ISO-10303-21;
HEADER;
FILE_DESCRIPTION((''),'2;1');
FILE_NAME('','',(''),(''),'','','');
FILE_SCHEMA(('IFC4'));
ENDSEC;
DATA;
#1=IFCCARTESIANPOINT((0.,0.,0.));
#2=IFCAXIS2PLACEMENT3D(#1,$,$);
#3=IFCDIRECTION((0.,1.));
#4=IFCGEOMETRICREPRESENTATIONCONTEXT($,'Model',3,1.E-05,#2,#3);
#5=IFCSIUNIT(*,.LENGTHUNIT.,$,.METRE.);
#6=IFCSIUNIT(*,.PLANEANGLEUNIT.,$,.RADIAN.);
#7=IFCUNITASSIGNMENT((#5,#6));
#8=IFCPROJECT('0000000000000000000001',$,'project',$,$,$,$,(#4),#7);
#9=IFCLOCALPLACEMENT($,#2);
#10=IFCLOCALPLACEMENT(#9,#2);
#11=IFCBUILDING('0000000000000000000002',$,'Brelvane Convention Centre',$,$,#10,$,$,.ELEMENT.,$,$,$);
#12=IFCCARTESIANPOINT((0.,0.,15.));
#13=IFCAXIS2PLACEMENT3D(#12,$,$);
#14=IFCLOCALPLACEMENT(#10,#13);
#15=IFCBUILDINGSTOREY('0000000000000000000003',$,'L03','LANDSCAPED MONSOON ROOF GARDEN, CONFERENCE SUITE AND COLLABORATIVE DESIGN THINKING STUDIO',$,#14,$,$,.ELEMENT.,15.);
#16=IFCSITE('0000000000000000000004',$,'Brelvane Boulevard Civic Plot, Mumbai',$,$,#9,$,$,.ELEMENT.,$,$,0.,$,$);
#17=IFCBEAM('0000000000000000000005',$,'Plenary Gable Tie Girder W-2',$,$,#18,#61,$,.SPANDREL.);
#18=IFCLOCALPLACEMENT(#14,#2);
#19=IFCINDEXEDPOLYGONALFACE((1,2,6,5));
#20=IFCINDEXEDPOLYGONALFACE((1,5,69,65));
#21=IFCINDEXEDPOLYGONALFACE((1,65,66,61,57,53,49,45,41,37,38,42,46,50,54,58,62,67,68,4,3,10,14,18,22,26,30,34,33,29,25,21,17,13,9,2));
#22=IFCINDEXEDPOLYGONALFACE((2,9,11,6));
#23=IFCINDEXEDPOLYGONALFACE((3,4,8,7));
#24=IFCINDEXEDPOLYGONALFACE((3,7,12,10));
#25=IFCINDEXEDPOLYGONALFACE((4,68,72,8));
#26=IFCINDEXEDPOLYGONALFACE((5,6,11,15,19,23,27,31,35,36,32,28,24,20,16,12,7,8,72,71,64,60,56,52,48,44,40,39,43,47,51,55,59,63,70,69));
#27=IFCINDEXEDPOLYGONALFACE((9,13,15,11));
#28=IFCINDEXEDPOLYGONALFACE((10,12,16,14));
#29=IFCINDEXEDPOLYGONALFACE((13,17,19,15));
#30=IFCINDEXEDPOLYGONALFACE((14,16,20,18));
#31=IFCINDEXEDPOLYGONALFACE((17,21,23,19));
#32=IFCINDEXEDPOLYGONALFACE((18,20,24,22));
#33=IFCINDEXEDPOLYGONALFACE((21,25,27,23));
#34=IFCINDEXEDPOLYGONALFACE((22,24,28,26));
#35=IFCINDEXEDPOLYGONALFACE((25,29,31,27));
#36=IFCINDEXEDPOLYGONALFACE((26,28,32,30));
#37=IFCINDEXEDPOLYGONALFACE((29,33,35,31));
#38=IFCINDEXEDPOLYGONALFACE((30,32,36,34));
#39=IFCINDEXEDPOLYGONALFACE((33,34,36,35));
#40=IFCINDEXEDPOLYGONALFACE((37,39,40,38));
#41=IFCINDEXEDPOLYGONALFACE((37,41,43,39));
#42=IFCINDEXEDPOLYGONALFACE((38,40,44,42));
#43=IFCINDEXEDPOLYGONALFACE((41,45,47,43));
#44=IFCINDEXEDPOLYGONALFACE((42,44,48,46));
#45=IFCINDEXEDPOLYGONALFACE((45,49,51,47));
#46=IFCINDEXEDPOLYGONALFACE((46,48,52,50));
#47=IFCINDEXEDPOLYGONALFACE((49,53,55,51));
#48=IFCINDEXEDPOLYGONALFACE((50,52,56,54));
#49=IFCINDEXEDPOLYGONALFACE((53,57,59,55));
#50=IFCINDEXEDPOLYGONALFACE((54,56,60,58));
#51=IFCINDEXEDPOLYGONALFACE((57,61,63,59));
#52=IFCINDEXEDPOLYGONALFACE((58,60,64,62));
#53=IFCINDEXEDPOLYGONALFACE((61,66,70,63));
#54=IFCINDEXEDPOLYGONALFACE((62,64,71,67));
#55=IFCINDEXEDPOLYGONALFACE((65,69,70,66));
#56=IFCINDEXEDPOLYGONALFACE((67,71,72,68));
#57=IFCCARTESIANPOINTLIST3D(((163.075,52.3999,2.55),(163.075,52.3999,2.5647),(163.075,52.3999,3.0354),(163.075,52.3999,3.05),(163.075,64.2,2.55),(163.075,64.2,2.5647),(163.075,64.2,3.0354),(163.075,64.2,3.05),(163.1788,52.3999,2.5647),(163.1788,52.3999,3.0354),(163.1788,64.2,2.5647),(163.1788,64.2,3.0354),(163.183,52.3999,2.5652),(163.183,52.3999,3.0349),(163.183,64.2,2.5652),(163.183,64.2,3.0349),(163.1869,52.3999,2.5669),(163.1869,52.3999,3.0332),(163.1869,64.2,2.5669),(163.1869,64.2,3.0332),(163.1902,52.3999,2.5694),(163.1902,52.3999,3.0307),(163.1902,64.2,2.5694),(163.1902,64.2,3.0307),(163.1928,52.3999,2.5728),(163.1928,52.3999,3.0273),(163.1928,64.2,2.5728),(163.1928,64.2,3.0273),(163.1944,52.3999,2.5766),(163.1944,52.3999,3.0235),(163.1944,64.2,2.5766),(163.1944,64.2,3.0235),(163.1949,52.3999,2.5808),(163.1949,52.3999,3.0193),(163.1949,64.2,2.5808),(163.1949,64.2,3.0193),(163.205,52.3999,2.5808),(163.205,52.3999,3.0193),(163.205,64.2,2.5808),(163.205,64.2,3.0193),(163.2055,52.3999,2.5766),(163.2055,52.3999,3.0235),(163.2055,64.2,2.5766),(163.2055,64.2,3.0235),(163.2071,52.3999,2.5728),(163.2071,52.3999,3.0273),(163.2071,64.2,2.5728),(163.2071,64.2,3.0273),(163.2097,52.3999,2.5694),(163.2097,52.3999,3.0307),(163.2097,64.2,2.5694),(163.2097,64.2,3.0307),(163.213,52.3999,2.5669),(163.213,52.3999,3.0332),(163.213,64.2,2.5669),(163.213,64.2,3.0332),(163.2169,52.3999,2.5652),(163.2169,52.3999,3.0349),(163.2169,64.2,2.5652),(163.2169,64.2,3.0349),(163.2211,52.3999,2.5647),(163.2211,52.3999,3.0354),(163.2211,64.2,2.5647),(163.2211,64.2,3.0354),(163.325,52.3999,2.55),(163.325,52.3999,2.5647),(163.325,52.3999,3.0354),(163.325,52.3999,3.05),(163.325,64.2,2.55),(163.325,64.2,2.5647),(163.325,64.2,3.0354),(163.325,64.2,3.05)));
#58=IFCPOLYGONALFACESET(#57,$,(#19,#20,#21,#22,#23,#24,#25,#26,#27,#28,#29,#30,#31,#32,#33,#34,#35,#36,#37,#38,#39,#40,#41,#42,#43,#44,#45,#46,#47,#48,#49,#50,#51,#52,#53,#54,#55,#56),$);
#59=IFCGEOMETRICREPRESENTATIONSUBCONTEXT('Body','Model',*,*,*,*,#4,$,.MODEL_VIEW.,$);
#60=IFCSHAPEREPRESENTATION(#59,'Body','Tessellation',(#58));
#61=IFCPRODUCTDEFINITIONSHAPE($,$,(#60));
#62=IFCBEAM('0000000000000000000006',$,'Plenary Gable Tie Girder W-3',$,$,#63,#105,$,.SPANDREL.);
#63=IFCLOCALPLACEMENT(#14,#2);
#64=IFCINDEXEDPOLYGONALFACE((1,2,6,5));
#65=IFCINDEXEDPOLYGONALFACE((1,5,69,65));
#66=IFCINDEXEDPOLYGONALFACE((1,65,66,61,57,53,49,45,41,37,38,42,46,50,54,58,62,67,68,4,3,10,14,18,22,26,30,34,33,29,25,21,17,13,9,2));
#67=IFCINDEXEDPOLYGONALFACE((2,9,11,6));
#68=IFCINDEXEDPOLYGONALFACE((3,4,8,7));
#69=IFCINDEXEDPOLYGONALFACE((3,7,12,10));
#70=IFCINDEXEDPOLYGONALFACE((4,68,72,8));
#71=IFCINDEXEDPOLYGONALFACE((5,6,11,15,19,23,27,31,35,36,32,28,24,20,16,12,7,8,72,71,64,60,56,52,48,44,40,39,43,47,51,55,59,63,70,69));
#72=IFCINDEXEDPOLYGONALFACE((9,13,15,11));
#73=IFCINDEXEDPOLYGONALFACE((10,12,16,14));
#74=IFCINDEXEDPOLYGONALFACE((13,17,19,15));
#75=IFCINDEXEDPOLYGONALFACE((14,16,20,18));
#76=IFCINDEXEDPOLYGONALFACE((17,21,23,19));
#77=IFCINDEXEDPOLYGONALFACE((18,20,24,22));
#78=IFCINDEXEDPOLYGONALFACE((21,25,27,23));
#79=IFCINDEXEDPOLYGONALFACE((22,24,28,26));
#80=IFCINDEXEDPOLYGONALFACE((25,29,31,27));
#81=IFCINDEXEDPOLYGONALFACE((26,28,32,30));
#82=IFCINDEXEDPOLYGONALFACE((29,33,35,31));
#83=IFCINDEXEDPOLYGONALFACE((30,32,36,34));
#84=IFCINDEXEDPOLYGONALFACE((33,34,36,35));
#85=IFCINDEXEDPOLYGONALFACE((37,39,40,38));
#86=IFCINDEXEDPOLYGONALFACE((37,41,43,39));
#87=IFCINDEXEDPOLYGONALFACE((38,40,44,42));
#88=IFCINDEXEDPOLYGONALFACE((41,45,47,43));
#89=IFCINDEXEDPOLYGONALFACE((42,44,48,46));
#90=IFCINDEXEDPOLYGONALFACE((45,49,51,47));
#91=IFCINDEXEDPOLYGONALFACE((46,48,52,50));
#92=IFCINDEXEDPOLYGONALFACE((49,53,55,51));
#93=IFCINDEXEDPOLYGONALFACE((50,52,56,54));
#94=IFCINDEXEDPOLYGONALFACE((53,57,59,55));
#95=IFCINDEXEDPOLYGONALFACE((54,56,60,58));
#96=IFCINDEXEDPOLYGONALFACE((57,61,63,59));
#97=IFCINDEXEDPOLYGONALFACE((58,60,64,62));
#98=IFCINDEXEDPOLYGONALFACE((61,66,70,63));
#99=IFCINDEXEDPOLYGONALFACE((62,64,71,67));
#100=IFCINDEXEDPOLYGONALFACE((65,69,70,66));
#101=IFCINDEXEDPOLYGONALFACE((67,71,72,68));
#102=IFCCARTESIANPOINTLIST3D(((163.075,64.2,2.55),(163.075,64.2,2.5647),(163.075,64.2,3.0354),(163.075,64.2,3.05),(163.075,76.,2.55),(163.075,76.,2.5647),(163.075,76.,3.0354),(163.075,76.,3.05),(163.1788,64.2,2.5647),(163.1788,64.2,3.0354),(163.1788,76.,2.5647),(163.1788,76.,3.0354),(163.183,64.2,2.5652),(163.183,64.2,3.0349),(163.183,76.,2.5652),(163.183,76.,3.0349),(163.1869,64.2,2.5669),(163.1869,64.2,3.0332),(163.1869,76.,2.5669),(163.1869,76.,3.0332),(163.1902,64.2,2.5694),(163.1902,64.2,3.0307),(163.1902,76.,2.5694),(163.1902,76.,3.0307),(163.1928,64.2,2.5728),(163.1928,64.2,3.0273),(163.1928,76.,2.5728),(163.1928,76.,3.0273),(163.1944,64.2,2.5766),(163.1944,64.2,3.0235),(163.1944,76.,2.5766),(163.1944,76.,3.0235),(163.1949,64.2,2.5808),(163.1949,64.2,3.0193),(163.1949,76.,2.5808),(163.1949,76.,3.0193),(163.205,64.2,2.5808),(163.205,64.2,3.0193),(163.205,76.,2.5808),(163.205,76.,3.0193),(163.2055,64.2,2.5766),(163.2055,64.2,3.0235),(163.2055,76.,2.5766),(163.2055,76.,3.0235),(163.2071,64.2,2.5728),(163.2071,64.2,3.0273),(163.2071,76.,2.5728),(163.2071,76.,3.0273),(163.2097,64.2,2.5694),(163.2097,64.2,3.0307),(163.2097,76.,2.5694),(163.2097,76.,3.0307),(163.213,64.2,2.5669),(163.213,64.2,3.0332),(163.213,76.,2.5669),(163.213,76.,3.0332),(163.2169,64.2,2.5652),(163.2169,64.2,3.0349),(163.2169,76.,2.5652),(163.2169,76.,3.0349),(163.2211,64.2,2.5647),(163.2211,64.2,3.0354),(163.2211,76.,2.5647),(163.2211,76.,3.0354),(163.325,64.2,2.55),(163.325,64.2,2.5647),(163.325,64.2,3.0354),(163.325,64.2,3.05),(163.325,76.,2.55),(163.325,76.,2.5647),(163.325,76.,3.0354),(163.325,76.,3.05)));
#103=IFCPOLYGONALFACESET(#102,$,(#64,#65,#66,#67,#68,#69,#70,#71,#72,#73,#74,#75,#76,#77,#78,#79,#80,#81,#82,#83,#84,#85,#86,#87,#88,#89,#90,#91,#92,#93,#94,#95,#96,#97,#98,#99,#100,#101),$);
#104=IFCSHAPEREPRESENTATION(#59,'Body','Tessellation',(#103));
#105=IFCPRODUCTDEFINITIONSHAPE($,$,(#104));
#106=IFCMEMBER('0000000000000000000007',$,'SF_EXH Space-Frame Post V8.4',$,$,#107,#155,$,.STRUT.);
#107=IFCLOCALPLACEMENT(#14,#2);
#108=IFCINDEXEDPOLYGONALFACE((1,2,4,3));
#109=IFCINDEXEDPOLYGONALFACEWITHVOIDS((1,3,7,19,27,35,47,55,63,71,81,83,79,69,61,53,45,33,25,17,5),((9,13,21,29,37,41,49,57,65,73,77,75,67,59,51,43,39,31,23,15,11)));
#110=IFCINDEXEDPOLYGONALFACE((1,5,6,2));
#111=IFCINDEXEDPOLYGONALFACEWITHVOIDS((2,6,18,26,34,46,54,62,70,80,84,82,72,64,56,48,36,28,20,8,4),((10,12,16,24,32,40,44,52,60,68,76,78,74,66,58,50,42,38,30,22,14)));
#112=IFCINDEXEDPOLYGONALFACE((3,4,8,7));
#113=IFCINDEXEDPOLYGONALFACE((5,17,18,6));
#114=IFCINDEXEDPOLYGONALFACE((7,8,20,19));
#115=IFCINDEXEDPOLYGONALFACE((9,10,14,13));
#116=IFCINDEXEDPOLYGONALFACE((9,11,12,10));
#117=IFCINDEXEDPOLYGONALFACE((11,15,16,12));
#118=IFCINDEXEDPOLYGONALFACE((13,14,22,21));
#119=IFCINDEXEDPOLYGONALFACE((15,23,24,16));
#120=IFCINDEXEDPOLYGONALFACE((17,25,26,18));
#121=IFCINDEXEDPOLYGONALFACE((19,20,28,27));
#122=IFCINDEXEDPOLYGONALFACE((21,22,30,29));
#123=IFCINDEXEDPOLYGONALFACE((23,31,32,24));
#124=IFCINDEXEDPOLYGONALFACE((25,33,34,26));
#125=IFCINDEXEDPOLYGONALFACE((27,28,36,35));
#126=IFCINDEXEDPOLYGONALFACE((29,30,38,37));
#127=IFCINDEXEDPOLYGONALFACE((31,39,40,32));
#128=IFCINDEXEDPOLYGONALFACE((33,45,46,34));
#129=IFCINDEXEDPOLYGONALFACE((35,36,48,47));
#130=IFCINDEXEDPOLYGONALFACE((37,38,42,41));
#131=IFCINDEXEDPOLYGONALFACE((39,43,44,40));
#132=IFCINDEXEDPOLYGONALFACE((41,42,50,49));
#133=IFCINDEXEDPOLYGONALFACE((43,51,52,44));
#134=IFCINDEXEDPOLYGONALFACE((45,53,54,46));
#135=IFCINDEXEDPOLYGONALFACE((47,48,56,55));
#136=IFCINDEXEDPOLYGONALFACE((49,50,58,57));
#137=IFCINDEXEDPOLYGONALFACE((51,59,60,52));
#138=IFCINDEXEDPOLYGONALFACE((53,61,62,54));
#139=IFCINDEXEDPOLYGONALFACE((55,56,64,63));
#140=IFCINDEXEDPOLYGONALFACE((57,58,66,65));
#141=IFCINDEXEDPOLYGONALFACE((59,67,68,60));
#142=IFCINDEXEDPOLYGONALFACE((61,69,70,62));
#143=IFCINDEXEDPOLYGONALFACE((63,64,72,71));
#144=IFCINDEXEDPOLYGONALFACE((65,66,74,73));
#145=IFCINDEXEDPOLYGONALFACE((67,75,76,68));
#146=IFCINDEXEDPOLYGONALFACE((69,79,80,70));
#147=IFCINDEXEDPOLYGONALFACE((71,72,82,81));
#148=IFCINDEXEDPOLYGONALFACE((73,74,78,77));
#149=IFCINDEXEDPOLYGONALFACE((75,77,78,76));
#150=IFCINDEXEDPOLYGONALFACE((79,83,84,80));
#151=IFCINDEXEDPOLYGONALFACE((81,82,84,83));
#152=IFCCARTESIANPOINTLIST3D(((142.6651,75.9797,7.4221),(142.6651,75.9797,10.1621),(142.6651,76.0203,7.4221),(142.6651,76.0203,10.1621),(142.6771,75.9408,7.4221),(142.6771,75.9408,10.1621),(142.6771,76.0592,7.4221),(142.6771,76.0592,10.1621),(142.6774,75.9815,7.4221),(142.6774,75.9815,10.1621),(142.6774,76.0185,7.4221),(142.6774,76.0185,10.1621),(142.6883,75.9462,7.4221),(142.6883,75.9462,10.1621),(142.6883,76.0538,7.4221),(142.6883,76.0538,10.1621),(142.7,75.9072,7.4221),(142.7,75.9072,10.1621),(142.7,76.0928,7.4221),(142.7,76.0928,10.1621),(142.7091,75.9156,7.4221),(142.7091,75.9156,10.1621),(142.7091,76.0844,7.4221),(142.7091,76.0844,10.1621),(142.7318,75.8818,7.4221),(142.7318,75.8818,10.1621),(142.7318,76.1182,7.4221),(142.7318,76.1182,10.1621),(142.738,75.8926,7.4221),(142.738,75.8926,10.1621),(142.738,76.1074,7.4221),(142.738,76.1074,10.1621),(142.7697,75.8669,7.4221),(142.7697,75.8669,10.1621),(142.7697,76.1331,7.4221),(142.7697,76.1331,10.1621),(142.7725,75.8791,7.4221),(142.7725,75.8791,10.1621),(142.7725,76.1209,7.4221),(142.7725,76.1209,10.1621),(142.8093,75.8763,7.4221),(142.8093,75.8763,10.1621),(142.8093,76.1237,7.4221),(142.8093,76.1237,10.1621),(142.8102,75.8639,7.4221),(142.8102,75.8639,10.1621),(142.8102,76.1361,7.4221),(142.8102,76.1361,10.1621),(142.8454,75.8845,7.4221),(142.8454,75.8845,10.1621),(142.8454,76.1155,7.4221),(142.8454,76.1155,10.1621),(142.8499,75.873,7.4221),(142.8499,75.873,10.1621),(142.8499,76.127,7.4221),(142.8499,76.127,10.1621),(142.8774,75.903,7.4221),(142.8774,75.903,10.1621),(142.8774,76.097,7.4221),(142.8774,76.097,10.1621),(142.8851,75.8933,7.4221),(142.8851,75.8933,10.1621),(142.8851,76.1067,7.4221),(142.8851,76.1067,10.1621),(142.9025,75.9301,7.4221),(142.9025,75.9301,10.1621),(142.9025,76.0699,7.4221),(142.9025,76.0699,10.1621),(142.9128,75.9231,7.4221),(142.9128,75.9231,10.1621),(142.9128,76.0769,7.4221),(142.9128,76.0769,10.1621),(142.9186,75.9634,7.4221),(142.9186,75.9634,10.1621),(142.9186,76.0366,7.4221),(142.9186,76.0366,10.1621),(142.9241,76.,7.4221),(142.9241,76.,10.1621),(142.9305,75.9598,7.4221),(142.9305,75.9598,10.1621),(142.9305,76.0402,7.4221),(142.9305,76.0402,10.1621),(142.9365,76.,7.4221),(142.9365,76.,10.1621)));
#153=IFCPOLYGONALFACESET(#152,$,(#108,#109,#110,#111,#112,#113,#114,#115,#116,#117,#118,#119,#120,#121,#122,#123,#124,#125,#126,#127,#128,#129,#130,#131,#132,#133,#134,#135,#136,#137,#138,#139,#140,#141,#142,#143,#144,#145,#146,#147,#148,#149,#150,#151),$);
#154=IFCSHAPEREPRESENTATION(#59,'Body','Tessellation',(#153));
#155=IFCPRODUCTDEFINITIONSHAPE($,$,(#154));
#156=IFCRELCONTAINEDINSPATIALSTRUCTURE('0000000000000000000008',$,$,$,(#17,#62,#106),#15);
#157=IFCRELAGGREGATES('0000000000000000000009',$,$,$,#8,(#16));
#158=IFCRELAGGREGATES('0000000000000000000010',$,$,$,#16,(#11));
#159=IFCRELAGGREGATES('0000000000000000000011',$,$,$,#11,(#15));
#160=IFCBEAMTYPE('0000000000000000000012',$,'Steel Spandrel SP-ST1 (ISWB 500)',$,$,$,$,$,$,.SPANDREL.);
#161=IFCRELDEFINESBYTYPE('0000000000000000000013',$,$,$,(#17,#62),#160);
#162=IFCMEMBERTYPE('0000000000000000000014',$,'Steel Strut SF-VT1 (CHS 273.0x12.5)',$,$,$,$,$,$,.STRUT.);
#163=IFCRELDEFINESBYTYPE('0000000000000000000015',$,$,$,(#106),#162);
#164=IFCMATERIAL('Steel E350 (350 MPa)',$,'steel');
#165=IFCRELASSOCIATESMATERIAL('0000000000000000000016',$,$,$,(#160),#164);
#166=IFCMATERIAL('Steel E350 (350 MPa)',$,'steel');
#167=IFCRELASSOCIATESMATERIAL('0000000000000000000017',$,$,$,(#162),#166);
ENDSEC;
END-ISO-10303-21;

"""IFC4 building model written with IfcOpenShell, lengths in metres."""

from ifc_helpers import new_model, si_unit, direction, frame, origin, origin_2d, place, context, subcontext, project, spatial, hollow_circle, i_section, extrude, material, material_profile, profile_set, type_object, element, save


model = new_model("IFC4")

# Units and contexts
model_context = context("Model", 3, precision=1e-05, world=origin(), true_north=direction((0.0, 1.0)))
body_context = subcontext(model_context, "Body", "Model", "MODEL_VIEW")
ifc_project = project(units=[si_unit("LENGTHUNIT", "METRE"), si_unit("PLANEANGLEUNIT", "RADIAN")], contexts=[model_context])

# Site, building, storey
site_placement = place(None, origin())
site = spatial("IfcSite", under=ifc_project, at=site_placement, Name="Brelvane Boulevard Civic Plot, Mumbai", CompositionType="ELEMENT", RefElevation=0.0)
building_placement = place(site_placement, origin())
building = spatial("IfcBuilding", under=site, at=building_placement, Name="Brelvane Convention Centre", CompositionType="ELEMENT")
storey_placement = place(building_placement, frame((0.0, 0.0, 15.0)))
storey = spatial("IfcBuildingStorey", under=building, at=storey_placement, Name="L03", Description="LANDSCAPED MONSOON ROOF GARDEN, CONFERENCE SUITE AND COLLABORATIVE DESIGN THINKING STUDIO", CompositionType="ELEMENT", Elevation=15.0)

# Beams
ifc_material_1 = material(Name="Steel E350 (350 MPa)", Category="steel")
ifc_material_profile_1 = material_profile(ifc_material_1, i_section(OverallWidth=0.25, OverallDepth=0.5, WebThickness=0.01, FlangeThickness=0.0146, FilletRadius=0.0161, at=origin_2d()), Name="ISWB 500")
ifc_profile_set_1 = profile_set([ifc_material_profile_1], Name="Steel E350 (350 MPa)")
beam_type_1 = type_object("IfcBeamType", Name="Steel Spandrel SP-ST1 (ISWB 500)", PredefinedType="SPANDREL", material=ifc_profile_set_1)
for number, where, z_axis, x_axis, name in (
    (1, (163.2, 52.3999, 2.8), (0.0, 1.0, 0.0), (-1.0, 0.0, 0.0), "Plenary Gable Tie Girder W-2"),
    (2, (163.2, 64.2, 2.8), (0.0, 1.0, 0.0), (-1.0, 0.0, 0.0), "Plenary Gable Tie Girder W-3"),
):
    element("IfcBeam", number, at=place(storey_placement, frame(where, z_axis=z_axis, x_axis=x_axis)), inside=storey, type_object=beam_type_1, Name=name, PredefinedType="SPANDREL", context=body_context, shape_type="SweptSolid", body=[
        extrude(i_section(OverallWidth=0.25, OverallDepth=0.5, WebThickness=0.01, FlangeThickness=0.0146, FilletRadius=0.0161, at=origin_2d()), origin(), (0.0, 0.0, 1.0), 11.8),
    ])

# Member
ifc_material_2 = material(Name="Steel E350 (350 MPa)", Category="steel")
ifc_material_profile_2 = material_profile(ifc_material_2, hollow_circle(Radius=0.1365, WallThickness=0.0125, at=origin_2d()), Name="CHS 273.0x12.5")
ifc_profile_set_2 = profile_set([ifc_material_profile_2], Name="Steel E350 (350 MPa)")
member_type_1 = type_object("IfcMemberType", Name="Steel Strut SF-VT1 (CHS 273.0x12.5)", PredefinedType="STRUT", material=ifc_profile_set_2)
member_1_placement = place(storey_placement, frame((142.8, 76.0, 7.4221), z_axis=(0.0, 0.0, 1.0), x_axis=(1.0, 0.0, 0.0)))
element("IfcMember", 3, at=member_1_placement, inside=storey, type_object=member_type_1, Name="SF_EXH Space-Frame Post V8.4", PredefinedType="STRUT", context=body_context, shape_type="SweptSolid", body=[
    extrude(hollow_circle(Radius=0.1365, WallThickness=0.0125, at=origin_2d()), origin(), (0.0, 0.0, 1.0), 2.74),
])

save(model, "model.ifc")
